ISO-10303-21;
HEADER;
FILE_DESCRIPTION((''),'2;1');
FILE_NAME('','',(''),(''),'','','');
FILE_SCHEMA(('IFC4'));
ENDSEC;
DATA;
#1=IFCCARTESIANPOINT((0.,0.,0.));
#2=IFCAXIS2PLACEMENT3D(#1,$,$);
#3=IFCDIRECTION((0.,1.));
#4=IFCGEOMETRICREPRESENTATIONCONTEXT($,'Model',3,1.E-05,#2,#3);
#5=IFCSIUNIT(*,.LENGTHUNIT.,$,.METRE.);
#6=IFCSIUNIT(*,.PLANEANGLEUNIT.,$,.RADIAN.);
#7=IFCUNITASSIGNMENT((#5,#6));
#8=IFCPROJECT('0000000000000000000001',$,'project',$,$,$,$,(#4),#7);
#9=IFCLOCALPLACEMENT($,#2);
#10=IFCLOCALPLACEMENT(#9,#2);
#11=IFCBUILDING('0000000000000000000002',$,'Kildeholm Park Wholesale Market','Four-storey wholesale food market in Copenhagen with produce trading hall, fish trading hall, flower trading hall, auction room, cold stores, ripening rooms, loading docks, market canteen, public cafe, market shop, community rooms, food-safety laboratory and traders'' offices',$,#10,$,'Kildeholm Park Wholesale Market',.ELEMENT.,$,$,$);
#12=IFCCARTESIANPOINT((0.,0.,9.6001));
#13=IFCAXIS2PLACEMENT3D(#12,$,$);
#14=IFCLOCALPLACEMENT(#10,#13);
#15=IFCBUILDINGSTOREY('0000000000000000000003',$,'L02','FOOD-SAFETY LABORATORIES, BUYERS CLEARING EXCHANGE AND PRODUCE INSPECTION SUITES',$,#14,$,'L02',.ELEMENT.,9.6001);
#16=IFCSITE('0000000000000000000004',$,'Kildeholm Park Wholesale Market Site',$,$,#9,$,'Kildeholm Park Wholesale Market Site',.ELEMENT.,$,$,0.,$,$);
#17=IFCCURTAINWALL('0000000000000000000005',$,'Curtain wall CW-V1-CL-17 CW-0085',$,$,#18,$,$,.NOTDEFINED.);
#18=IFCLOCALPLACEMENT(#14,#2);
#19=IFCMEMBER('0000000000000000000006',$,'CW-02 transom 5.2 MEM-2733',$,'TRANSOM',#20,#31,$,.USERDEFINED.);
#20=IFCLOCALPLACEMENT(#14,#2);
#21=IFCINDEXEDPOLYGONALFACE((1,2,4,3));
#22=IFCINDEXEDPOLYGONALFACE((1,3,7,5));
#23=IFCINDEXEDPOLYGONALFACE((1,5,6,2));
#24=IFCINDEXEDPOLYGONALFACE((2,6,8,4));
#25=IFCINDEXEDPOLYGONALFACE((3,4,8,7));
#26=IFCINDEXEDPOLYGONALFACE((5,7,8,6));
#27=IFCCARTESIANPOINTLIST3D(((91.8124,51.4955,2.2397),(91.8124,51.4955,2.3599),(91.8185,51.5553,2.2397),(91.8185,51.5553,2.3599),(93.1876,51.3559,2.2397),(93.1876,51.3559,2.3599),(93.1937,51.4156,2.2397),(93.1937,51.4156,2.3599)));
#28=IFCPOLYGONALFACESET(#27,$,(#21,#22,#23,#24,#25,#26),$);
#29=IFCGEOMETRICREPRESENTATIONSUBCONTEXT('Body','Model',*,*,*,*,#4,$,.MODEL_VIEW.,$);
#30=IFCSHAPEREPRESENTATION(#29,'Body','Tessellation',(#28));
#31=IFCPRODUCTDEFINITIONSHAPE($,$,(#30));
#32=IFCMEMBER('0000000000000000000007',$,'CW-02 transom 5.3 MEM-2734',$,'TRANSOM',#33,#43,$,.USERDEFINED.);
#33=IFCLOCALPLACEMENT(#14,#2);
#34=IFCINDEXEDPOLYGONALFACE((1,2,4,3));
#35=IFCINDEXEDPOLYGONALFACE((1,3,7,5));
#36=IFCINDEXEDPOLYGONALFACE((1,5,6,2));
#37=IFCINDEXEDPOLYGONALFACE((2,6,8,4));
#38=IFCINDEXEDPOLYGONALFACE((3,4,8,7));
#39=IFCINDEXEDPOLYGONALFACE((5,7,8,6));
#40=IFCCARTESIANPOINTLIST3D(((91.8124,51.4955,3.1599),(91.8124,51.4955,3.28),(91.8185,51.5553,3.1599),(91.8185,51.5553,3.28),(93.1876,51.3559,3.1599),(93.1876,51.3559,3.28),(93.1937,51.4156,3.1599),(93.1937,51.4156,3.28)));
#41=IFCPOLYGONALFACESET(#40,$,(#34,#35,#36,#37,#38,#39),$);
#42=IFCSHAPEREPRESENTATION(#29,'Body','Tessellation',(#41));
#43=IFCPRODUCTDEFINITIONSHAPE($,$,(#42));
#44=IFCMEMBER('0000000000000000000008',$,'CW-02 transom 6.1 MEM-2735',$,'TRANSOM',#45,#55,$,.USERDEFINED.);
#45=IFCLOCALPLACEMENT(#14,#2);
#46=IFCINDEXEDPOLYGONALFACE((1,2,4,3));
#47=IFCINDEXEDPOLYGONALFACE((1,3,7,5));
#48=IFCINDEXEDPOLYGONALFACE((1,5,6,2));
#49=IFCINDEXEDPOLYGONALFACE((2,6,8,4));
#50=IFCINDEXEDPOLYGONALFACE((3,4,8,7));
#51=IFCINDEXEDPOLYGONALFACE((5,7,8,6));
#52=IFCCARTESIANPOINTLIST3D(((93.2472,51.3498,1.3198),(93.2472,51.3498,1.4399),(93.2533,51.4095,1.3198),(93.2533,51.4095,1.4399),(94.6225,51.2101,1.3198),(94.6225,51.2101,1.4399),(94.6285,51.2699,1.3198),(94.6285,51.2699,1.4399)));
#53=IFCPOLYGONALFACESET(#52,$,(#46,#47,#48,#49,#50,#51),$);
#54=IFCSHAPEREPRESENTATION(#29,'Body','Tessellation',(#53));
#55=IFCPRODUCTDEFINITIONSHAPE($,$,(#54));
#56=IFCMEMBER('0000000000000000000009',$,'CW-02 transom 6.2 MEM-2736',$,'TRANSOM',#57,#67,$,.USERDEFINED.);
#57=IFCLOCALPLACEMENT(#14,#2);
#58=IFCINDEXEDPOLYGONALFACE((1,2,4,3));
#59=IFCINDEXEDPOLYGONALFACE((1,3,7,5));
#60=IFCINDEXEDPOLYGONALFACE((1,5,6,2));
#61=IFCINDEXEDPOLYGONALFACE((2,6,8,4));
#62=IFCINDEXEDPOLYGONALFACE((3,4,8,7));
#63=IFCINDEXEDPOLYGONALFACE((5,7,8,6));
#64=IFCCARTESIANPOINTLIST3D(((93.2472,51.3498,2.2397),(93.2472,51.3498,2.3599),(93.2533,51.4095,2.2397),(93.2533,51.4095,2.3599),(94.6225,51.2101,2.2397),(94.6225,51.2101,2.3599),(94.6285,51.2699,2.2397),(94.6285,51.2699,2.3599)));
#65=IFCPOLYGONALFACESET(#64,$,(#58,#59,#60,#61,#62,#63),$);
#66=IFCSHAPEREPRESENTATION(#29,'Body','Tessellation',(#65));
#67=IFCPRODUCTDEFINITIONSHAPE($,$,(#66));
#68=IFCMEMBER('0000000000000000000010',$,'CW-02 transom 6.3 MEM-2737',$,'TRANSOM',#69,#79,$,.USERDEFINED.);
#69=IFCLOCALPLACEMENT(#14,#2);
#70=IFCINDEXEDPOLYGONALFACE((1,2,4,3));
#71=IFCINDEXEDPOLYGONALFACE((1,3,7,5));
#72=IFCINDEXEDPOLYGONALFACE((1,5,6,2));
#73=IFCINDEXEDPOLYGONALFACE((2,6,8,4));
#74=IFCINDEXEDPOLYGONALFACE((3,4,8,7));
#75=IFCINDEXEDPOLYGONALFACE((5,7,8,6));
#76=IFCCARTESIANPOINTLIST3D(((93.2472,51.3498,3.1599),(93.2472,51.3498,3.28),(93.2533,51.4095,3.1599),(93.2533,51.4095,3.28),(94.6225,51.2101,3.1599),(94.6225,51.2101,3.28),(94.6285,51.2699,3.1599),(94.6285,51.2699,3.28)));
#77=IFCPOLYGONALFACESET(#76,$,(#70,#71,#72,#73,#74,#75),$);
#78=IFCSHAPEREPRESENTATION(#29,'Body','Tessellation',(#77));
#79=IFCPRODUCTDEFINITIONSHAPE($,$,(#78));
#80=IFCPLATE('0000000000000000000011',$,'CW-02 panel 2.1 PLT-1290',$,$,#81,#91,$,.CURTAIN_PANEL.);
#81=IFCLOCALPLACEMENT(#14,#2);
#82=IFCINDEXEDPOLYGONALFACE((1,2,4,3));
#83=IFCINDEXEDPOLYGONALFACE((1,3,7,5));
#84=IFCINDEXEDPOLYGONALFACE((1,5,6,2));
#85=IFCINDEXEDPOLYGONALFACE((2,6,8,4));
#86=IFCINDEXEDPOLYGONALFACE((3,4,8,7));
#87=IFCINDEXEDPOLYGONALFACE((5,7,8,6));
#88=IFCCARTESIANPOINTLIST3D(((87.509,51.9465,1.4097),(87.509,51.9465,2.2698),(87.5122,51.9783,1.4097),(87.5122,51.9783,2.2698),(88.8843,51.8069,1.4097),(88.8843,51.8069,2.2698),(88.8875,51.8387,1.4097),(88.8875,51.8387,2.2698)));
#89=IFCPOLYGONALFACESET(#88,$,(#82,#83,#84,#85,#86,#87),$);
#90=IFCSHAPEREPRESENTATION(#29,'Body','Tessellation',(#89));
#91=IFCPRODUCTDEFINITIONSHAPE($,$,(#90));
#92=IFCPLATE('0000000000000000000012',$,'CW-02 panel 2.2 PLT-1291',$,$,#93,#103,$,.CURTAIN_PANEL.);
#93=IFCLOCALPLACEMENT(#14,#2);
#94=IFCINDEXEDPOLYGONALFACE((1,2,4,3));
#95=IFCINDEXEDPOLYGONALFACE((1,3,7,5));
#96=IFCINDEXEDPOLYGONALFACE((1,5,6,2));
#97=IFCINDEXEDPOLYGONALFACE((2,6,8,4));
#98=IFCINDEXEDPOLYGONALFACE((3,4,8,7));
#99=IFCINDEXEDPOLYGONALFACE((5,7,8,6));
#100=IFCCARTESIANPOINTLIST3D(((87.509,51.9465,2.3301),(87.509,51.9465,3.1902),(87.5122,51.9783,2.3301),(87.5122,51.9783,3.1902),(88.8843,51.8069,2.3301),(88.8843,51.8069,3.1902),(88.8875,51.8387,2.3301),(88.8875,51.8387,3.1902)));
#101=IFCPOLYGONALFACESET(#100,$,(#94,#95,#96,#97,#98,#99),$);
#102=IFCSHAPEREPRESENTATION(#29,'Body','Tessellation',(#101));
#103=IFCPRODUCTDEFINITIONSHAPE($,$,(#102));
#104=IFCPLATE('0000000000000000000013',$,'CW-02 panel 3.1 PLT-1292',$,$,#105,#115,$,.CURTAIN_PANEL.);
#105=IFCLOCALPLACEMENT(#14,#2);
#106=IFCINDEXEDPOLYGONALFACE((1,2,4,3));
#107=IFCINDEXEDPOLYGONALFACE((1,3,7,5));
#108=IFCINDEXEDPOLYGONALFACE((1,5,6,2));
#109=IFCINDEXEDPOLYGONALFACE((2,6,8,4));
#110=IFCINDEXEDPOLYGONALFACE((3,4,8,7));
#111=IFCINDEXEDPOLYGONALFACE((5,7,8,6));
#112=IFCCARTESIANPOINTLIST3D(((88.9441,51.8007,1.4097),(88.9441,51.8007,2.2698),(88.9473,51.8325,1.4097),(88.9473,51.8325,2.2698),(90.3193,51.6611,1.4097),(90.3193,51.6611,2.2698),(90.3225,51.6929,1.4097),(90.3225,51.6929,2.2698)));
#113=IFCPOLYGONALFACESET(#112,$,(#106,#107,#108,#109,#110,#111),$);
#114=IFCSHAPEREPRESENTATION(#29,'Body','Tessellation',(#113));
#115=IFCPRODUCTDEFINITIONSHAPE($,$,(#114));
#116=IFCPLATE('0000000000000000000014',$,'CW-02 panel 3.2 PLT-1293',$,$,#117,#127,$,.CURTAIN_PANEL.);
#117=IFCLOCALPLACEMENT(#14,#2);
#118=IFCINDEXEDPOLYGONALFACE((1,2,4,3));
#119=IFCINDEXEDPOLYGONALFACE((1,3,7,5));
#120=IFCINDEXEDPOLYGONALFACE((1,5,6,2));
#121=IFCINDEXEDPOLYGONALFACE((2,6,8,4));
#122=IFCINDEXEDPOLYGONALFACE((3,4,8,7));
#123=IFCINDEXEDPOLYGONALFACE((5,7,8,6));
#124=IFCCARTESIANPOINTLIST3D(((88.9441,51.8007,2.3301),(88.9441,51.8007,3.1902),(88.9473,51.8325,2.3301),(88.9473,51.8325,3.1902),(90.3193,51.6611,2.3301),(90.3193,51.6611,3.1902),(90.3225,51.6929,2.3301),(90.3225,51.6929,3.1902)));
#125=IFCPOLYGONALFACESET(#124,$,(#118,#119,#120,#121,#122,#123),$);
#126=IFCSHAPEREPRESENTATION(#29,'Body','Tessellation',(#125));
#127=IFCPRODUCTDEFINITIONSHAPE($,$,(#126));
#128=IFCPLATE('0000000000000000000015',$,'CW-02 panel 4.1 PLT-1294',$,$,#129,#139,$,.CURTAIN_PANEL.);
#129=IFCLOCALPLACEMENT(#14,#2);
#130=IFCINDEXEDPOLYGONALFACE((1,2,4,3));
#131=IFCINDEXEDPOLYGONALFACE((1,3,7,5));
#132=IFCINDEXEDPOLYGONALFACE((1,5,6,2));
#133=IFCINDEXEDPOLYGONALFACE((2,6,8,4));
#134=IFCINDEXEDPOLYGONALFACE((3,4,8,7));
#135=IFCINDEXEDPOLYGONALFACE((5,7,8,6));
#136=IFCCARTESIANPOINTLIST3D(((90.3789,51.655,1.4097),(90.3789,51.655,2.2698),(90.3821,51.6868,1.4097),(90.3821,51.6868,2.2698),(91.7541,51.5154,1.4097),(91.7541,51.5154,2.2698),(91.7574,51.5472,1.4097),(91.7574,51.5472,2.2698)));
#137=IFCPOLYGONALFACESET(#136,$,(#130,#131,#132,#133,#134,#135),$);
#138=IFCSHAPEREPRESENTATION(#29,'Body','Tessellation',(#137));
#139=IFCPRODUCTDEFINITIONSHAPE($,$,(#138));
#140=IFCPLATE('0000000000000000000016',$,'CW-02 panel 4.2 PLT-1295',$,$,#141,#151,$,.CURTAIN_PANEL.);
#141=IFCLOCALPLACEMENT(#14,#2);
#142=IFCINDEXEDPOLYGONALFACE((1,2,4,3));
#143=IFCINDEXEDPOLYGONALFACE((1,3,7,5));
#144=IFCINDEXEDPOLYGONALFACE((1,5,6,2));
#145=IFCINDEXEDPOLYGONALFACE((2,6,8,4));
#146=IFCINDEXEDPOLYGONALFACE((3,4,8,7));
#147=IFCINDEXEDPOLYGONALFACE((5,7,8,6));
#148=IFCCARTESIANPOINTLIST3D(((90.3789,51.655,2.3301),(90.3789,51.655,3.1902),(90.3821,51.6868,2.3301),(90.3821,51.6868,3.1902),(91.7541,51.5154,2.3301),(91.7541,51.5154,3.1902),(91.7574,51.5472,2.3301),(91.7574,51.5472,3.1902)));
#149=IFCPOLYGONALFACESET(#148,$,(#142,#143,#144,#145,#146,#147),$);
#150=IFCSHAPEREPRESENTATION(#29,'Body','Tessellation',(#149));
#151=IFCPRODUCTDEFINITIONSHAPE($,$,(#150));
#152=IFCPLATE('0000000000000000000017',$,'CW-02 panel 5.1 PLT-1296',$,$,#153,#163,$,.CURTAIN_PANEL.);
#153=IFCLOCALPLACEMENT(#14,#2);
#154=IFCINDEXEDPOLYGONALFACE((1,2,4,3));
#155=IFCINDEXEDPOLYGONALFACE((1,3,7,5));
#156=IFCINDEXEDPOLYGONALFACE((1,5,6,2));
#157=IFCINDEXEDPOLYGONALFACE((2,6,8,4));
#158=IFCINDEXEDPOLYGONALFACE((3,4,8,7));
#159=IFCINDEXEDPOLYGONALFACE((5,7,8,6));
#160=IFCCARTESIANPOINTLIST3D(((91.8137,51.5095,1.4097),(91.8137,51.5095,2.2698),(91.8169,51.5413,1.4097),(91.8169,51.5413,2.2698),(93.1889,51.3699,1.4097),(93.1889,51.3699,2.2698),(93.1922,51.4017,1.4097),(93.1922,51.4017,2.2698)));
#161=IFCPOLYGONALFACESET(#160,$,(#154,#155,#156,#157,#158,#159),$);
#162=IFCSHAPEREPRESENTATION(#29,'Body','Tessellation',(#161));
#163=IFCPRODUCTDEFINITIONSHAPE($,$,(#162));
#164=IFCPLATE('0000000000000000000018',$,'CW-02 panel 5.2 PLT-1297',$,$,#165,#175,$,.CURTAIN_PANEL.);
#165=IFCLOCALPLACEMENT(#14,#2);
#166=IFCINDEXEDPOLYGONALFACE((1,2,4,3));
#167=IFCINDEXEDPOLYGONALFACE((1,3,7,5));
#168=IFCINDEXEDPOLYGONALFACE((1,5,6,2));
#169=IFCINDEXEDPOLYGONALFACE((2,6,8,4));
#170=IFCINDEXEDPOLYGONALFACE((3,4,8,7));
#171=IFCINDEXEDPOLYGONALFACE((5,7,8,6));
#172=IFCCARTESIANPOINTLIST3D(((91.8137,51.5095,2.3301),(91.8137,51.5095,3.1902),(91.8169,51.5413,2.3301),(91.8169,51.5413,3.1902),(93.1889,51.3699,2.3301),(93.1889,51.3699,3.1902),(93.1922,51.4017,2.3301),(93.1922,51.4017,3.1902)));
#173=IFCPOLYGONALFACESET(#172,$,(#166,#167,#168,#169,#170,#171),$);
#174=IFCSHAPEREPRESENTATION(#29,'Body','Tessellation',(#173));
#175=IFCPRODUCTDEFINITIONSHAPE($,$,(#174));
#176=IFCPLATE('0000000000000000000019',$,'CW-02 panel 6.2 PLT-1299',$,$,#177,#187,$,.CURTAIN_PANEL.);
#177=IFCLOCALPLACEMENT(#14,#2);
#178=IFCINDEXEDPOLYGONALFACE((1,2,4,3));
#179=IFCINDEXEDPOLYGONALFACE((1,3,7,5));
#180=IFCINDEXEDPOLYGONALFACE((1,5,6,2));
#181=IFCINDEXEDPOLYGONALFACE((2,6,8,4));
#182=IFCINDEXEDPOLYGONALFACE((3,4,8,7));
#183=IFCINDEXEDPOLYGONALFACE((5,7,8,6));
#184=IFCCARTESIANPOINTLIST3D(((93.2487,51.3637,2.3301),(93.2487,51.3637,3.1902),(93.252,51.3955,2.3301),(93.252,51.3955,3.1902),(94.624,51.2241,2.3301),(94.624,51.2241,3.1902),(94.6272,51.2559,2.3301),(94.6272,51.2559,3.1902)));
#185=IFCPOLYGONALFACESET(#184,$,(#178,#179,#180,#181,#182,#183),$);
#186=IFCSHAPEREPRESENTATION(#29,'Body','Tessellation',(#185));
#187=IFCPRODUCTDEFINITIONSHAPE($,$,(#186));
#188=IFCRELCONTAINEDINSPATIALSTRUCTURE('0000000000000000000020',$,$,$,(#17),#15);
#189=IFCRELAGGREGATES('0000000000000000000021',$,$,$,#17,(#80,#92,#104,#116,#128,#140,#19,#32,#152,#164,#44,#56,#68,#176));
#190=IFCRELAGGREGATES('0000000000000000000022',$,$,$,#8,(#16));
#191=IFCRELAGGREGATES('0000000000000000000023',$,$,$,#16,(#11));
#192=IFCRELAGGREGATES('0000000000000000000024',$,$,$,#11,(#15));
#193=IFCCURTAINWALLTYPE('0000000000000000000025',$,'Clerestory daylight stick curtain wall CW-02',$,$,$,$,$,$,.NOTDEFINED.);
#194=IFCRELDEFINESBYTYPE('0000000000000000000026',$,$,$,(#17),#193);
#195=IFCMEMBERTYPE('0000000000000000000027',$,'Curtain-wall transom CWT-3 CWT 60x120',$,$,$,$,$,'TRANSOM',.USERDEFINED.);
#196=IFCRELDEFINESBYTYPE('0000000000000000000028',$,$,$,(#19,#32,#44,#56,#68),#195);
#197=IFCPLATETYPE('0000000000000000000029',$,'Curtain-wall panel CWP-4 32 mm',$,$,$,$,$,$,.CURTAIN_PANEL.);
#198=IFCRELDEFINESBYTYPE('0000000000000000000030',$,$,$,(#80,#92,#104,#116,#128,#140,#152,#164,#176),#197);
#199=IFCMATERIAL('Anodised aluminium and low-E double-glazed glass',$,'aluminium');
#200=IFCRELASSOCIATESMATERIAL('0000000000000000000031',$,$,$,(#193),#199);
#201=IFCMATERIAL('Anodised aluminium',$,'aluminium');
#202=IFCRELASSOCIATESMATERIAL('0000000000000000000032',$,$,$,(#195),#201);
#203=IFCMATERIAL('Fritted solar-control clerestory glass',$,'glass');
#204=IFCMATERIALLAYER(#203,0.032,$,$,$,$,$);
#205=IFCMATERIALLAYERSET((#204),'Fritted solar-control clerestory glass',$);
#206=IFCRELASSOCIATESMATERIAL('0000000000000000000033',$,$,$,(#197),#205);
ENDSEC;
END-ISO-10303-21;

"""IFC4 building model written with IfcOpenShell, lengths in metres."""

from ifc_helpers import new_model, si_unit, direction, frame, origin, origin_2d, place, context, subcontext, project, spatial, rectangle, extrude, material, layer, layer_set, material_profile, profile_set, type_object, element, aggregate, save


model = new_model("IFC4")

# Units and contexts
model_context = context("Model", 3, precision=1e-05, world=origin(), true_north=direction((0.0, 1.0)))
body_context = subcontext(model_context, "Body", "Model", "MODEL_VIEW")
ifc_project = project(units=[si_unit("LENGTHUNIT", "METRE"), si_unit("PLANEANGLEUNIT", "RADIAN")], contexts=[model_context])

# Site, building, storey
site_placement = place(None, origin())
site = spatial("IfcSite", under=ifc_project, at=site_placement, Name="Kildeholm Park Wholesale Market Site", LongName="Kildeholm Park Wholesale Market Site", CompositionType="ELEMENT", RefElevation=0.0)
building_placement = place(site_placement, origin())
building = spatial("IfcBuilding", under=site, at=building_placement, Name="Kildeholm Park Wholesale Market", Description="Four-storey wholesale food market in Copenhagen with produce trading hall, fish trading hall, flower trading hall, auction room, cold stores, ripening rooms, loading docks, market canteen, public cafe, market shop, community rooms, food-safety laboratory and traders' offices", LongName="Kildeholm Park Wholesale Market", CompositionType="ELEMENT")
storey_placement = place(building_placement, frame((0.0, 0.0, 9.6001)))
storey = spatial("IfcBuildingStorey", under=building, at=storey_placement, Name="L02", Description="FOOD-SAFETY LABORATORIES, BUYERS CLEARING EXCHANGE AND PRODUCE INSPECTION SUITES", LongName="L02", CompositionType="ELEMENT", Elevation=9.6001)

# Curtain wall, members, plates
ifc_material_1 = material(Name="Anodised aluminium and low-E double-glazed glass", Category="aluminium")
curtain_wall_type = type_object("IfcCurtainWallType", Name="Clerestory daylight stick curtain wall CW-02", PredefinedType="NOTDEFINED", material=ifc_material_1)
curtain_wall_placement = place(storey_placement, origin())
curtain_wall = element("IfcCurtainWall", 1, at=curtain_wall_placement, inside=storey, type_object=curtain_wall_type, Name="Curtain wall CW-V1-CL-17 CW-0085", PredefinedType="NOTDEFINED")
ifc_material_2 = material(Name="Anodised aluminium", Category="aluminium")
ifc_material_profile_1 = material_profile(ifc_material_2, rectangle(XDim=0.0601, YDim=0.1201, at=origin_2d()), Name="CWT 60x120")
ifc_profile_set_1 = profile_set([ifc_material_profile_1], Name="Anodised aluminium")
member_type_1 = type_object("IfcMemberType", Name="Curtain-wall transom CWT-3 CWT 60x120", ElementType="TRANSOM", PredefinedType="USERDEFINED", material=ifc_profile_set_1)
member_1_placement = place(storey_placement, frame((91.8154, 51.5254, 2.2998), z_axis=(0.994884, -0.101025, 0.0), x_axis=(0.101025, 0.994884, 0.0)))
member_1 = element("IfcMember", 2, at=member_1_placement, type_object=member_type_1, Name="CW-02 transom 5.2 MEM-2733", ObjectType="TRANSOM", PredefinedType="USERDEFINED", context=body_context, shape_type="SweptSolid", body=[
    extrude(rectangle(XDim=0.0601, YDim=0.1201, at=origin_2d()), origin(), (0.0, 0.0, 1.0), 1.3823),
])
member_2_placement = place(storey_placement, frame((91.8154, 51.5254, 3.22), z_axis=(0.994884, -0.101025, 0.0), x_axis=(0.101025, 0.994884, 0.0)))
member_2 = element("IfcMember", 3, at=member_2_placement, type_object=member_type_1, Name="CW-02 transom 5.3 MEM-2734", ObjectType="TRANSOM", PredefinedType="USERDEFINED", context=body_context, shape_type="SweptSolid", body=[
    extrude(rectangle(XDim=0.0601, YDim=0.1201, at=origin_2d()), origin(), (0.0, 0.0, 1.0), 1.3823),
])
member_3_placement = place(storey_placement, frame((93.2502, 51.3796, 1.3799), z_axis=(0.994884, -0.101025, 0.0), x_axis=(0.101025, 0.994884, 0.0)))
member_3 = element("IfcMember", 4, at=member_3_placement, type_object=member_type_1, Name="CW-02 transom 6.1 MEM-2735", ObjectType="TRANSOM", PredefinedType="USERDEFINED", context=body_context, shape_type="SweptSolid", body=[
    extrude(rectangle(XDim=0.0601, YDim=0.1201, at=origin_2d()), origin(), (0.0, 0.0, 1.0), 1.3823),
])
member_4_placement = place(storey_placement, frame((93.2502, 51.3796, 2.2998), z_axis=(0.994884, -0.101025, 0.0), x_axis=(0.101025, 0.994884, 0.0)))
member_4 = element("IfcMember", 5, at=member_4_placement, type_object=member_type_1, Name="CW-02 transom 6.2 MEM-2736", ObjectType="TRANSOM", PredefinedType="USERDEFINED", context=body_context, shape_type="SweptSolid", body=[
    extrude(rectangle(XDim=0.0601, YDim=0.1201, at=origin_2d()), origin(), (0.0, 0.0, 1.0), 1.3823),
])
member_5_placement = place(storey_placement, frame((93.2502, 51.3796, 3.22), z_axis=(0.994884, -0.101025, 0.0), x_axis=(0.101025, 0.994884, 0.0)))
member_5 = element("IfcMember", 6, at=member_5_placement, type_object=member_type_1, Name="CW-02 transom 6.3 MEM-2737", ObjectType="TRANSOM", PredefinedType="USERDEFINED", context=body_context, shape_type="SweptSolid", body=[
    extrude(rectangle(XDim=0.0601, YDim=0.1201, at=origin_2d()), origin(), (0.0, 0.0, 1.0), 1.3823),
])
ifc_material_3 = material(Name="Fritted solar-control clerestory glass", Category="glass")
ifc_layer = layer(ifc_material_3, 0.032)
ifc_layer_set = layer_set([ifc_layer], Name="Fritted solar-control clerestory glass")
plate_type = type_object("IfcPlateType", Name="Curtain-wall panel CWP-4 32 mm", PredefinedType="CURTAIN_PANEL", material=ifc_layer_set)
plate_1_placement = place(storey_placement, frame((88.1982, 51.8926, 1.4097), z_axis=(0.0, 0.0, 1.0), x_axis=(0.994887, -0.100999, 0.0)))
plate_1 = element("IfcPlate", 7, at=plate_1_placement, type_object=plate_type, Name="CW-02 panel 2.1 PLT-1290", PredefinedType="CURTAIN_PANEL", context=body_context, shape_type="SweptSolid", body=[
    extrude(rectangle(XDim=1.3823, YDim=0.032, at=origin_2d()), origin(), (0.0, 0.0, 1.0), 0.8601),
])
plate_2_placement = place(storey_placement, frame((88.1982, 51.8926, 2.3301), z_axis=(0.0, 0.0, 1.0), x_axis=(0.994887, -0.100999, 0.0)))
plate_2 = element("IfcPlate", 8, at=plate_2_placement, type_object=plate_type, Name="CW-02 panel 2.2 PLT-1291", PredefinedType="CURTAIN_PANEL", context=body_context, shape_type="SweptSolid", body=[
    extrude(rectangle(XDim=1.3823, YDim=0.032, at=origin_2d()), origin(), (0.0, 0.0, 1.0), 0.8601),
])
plate_3_placement = place(storey_placement, frame((89.6333, 51.7468, 1.4097), z_axis=(0.0, 0.0, 1.0), x_axis=(0.994887, -0.100999, 0.0)))
plate_3 = element("IfcPlate", 9, at=plate_3_placement, type_object=plate_type, Name="CW-02 panel 3.1 PLT-1292", PredefinedType="CURTAIN_PANEL", context=body_context, shape_type="SweptSolid", body=[
    extrude(rectangle(XDim=1.3823, YDim=0.032, at=origin_2d()), origin(), (0.0, 0.0, 1.0), 0.8601),
])
plate_4_placement = place(storey_placement, frame((89.6333, 51.7468, 2.3301), z_axis=(0.0, 0.0, 1.0), x_axis=(0.994887, -0.100999, 0.0)))
plate_4 = element("IfcPlate", 10, at=plate_4_placement, type_object=plate_type, Name="CW-02 panel 3.2 PLT-1293", PredefinedType="CURTAIN_PANEL", context=body_context, shape_type="SweptSolid", body=[
    extrude(rectangle(XDim=1.3823, YDim=0.032, at=origin_2d()), origin(), (0.0, 0.0, 1.0), 0.8601),
])
plate_5_placement = place(storey_placement, frame((91.0681, 51.6011, 1.4097), z_axis=(0.0, 0.0, 1.0), x_axis=(0.994887, -0.100999, 0.0)))
plate_5 = element("IfcPlate", 11, at=plate_5_placement, type_object=plate_type, Name="CW-02 panel 4.1 PLT-1294", PredefinedType="CURTAIN_PANEL", context=body_context, shape_type="SweptSolid", body=[
    extrude(rectangle(XDim=1.3823, YDim=0.032, at=origin_2d()), origin(), (0.0, 0.0, 1.0), 0.8601),
])
plate_6_placement = place(storey_placement, frame((91.0681, 51.6011, 2.3301), z_axis=(0.0, 0.0, 1.0), x_axis=(0.994887, -0.100999, 0.0)))
plate_6 = element("IfcPlate", 12, at=plate_6_placement, type_object=plate_type, Name="CW-02 panel 4.2 PLT-1295", PredefinedType="CURTAIN_PANEL", context=body_context, shape_type="SweptSolid", body=[
    extrude(rectangle(XDim=1.3823, YDim=0.032, at=origin_2d()), origin(), (0.0, 0.0, 1.0), 0.8601),
])
plate_7_placement = place(storey_placement, frame((92.5029, 51.4556, 1.4097), z_axis=(0.0, 0.0, 1.0), x_axis=(0.994887, -0.100999, 0.0)))
plate_7 = element("IfcPlate", 13, at=plate_7_placement, type_object=plate_type, Name="CW-02 panel 5.1 PLT-1296", PredefinedType="CURTAIN_PANEL", context=body_context, shape_type="SweptSolid", body=[
    extrude(rectangle(XDim=1.3823, YDim=0.032, at=origin_2d()), origin(), (0.0, 0.0, 1.0), 0.8601),
])
plate_8_placement = place(storey_placement, frame((92.5029, 51.4556, 2.3301), z_axis=(0.0, 0.0, 1.0), x_axis=(0.994887, -0.100999, 0.0)))
plate_8 = element("IfcPlate", 14, at=plate_8_placement, type_object=plate_type, Name="CW-02 panel 5.2 PLT-1297", PredefinedType="CURTAIN_PANEL", context=body_context, shape_type="SweptSolid", body=[
    extrude(rectangle(XDim=1.3823, YDim=0.032, at=origin_2d()), origin(), (0.0, 0.0, 1.0), 0.8601),
])
plate_9_placement = place(storey_placement, frame((93.938, 51.3098, 2.3301), z_axis=(0.0, 0.0, 1.0), x_axis=(0.994887, -0.100999, 0.0)))
plate_9 = element("IfcPlate", 15, at=plate_9_placement, type_object=plate_type, Name="CW-02 panel 6.2 PLT-1299", PredefinedType="CURTAIN_PANEL", context=body_context, shape_type="SweptSolid", body=[
    extrude(rectangle(XDim=1.3823, YDim=0.032, at=origin_2d()), origin(), (0.0, 0.0, 1.0), 0.8601),
])
aggregate(curtain_wall, [plate_1, plate_2, plate_3, plate_4, plate_5, plate_6, member_1, member_2, plate_7, plate_8, member_3, member_4, member_5, plate_9])

save(model, "model.ifc")
